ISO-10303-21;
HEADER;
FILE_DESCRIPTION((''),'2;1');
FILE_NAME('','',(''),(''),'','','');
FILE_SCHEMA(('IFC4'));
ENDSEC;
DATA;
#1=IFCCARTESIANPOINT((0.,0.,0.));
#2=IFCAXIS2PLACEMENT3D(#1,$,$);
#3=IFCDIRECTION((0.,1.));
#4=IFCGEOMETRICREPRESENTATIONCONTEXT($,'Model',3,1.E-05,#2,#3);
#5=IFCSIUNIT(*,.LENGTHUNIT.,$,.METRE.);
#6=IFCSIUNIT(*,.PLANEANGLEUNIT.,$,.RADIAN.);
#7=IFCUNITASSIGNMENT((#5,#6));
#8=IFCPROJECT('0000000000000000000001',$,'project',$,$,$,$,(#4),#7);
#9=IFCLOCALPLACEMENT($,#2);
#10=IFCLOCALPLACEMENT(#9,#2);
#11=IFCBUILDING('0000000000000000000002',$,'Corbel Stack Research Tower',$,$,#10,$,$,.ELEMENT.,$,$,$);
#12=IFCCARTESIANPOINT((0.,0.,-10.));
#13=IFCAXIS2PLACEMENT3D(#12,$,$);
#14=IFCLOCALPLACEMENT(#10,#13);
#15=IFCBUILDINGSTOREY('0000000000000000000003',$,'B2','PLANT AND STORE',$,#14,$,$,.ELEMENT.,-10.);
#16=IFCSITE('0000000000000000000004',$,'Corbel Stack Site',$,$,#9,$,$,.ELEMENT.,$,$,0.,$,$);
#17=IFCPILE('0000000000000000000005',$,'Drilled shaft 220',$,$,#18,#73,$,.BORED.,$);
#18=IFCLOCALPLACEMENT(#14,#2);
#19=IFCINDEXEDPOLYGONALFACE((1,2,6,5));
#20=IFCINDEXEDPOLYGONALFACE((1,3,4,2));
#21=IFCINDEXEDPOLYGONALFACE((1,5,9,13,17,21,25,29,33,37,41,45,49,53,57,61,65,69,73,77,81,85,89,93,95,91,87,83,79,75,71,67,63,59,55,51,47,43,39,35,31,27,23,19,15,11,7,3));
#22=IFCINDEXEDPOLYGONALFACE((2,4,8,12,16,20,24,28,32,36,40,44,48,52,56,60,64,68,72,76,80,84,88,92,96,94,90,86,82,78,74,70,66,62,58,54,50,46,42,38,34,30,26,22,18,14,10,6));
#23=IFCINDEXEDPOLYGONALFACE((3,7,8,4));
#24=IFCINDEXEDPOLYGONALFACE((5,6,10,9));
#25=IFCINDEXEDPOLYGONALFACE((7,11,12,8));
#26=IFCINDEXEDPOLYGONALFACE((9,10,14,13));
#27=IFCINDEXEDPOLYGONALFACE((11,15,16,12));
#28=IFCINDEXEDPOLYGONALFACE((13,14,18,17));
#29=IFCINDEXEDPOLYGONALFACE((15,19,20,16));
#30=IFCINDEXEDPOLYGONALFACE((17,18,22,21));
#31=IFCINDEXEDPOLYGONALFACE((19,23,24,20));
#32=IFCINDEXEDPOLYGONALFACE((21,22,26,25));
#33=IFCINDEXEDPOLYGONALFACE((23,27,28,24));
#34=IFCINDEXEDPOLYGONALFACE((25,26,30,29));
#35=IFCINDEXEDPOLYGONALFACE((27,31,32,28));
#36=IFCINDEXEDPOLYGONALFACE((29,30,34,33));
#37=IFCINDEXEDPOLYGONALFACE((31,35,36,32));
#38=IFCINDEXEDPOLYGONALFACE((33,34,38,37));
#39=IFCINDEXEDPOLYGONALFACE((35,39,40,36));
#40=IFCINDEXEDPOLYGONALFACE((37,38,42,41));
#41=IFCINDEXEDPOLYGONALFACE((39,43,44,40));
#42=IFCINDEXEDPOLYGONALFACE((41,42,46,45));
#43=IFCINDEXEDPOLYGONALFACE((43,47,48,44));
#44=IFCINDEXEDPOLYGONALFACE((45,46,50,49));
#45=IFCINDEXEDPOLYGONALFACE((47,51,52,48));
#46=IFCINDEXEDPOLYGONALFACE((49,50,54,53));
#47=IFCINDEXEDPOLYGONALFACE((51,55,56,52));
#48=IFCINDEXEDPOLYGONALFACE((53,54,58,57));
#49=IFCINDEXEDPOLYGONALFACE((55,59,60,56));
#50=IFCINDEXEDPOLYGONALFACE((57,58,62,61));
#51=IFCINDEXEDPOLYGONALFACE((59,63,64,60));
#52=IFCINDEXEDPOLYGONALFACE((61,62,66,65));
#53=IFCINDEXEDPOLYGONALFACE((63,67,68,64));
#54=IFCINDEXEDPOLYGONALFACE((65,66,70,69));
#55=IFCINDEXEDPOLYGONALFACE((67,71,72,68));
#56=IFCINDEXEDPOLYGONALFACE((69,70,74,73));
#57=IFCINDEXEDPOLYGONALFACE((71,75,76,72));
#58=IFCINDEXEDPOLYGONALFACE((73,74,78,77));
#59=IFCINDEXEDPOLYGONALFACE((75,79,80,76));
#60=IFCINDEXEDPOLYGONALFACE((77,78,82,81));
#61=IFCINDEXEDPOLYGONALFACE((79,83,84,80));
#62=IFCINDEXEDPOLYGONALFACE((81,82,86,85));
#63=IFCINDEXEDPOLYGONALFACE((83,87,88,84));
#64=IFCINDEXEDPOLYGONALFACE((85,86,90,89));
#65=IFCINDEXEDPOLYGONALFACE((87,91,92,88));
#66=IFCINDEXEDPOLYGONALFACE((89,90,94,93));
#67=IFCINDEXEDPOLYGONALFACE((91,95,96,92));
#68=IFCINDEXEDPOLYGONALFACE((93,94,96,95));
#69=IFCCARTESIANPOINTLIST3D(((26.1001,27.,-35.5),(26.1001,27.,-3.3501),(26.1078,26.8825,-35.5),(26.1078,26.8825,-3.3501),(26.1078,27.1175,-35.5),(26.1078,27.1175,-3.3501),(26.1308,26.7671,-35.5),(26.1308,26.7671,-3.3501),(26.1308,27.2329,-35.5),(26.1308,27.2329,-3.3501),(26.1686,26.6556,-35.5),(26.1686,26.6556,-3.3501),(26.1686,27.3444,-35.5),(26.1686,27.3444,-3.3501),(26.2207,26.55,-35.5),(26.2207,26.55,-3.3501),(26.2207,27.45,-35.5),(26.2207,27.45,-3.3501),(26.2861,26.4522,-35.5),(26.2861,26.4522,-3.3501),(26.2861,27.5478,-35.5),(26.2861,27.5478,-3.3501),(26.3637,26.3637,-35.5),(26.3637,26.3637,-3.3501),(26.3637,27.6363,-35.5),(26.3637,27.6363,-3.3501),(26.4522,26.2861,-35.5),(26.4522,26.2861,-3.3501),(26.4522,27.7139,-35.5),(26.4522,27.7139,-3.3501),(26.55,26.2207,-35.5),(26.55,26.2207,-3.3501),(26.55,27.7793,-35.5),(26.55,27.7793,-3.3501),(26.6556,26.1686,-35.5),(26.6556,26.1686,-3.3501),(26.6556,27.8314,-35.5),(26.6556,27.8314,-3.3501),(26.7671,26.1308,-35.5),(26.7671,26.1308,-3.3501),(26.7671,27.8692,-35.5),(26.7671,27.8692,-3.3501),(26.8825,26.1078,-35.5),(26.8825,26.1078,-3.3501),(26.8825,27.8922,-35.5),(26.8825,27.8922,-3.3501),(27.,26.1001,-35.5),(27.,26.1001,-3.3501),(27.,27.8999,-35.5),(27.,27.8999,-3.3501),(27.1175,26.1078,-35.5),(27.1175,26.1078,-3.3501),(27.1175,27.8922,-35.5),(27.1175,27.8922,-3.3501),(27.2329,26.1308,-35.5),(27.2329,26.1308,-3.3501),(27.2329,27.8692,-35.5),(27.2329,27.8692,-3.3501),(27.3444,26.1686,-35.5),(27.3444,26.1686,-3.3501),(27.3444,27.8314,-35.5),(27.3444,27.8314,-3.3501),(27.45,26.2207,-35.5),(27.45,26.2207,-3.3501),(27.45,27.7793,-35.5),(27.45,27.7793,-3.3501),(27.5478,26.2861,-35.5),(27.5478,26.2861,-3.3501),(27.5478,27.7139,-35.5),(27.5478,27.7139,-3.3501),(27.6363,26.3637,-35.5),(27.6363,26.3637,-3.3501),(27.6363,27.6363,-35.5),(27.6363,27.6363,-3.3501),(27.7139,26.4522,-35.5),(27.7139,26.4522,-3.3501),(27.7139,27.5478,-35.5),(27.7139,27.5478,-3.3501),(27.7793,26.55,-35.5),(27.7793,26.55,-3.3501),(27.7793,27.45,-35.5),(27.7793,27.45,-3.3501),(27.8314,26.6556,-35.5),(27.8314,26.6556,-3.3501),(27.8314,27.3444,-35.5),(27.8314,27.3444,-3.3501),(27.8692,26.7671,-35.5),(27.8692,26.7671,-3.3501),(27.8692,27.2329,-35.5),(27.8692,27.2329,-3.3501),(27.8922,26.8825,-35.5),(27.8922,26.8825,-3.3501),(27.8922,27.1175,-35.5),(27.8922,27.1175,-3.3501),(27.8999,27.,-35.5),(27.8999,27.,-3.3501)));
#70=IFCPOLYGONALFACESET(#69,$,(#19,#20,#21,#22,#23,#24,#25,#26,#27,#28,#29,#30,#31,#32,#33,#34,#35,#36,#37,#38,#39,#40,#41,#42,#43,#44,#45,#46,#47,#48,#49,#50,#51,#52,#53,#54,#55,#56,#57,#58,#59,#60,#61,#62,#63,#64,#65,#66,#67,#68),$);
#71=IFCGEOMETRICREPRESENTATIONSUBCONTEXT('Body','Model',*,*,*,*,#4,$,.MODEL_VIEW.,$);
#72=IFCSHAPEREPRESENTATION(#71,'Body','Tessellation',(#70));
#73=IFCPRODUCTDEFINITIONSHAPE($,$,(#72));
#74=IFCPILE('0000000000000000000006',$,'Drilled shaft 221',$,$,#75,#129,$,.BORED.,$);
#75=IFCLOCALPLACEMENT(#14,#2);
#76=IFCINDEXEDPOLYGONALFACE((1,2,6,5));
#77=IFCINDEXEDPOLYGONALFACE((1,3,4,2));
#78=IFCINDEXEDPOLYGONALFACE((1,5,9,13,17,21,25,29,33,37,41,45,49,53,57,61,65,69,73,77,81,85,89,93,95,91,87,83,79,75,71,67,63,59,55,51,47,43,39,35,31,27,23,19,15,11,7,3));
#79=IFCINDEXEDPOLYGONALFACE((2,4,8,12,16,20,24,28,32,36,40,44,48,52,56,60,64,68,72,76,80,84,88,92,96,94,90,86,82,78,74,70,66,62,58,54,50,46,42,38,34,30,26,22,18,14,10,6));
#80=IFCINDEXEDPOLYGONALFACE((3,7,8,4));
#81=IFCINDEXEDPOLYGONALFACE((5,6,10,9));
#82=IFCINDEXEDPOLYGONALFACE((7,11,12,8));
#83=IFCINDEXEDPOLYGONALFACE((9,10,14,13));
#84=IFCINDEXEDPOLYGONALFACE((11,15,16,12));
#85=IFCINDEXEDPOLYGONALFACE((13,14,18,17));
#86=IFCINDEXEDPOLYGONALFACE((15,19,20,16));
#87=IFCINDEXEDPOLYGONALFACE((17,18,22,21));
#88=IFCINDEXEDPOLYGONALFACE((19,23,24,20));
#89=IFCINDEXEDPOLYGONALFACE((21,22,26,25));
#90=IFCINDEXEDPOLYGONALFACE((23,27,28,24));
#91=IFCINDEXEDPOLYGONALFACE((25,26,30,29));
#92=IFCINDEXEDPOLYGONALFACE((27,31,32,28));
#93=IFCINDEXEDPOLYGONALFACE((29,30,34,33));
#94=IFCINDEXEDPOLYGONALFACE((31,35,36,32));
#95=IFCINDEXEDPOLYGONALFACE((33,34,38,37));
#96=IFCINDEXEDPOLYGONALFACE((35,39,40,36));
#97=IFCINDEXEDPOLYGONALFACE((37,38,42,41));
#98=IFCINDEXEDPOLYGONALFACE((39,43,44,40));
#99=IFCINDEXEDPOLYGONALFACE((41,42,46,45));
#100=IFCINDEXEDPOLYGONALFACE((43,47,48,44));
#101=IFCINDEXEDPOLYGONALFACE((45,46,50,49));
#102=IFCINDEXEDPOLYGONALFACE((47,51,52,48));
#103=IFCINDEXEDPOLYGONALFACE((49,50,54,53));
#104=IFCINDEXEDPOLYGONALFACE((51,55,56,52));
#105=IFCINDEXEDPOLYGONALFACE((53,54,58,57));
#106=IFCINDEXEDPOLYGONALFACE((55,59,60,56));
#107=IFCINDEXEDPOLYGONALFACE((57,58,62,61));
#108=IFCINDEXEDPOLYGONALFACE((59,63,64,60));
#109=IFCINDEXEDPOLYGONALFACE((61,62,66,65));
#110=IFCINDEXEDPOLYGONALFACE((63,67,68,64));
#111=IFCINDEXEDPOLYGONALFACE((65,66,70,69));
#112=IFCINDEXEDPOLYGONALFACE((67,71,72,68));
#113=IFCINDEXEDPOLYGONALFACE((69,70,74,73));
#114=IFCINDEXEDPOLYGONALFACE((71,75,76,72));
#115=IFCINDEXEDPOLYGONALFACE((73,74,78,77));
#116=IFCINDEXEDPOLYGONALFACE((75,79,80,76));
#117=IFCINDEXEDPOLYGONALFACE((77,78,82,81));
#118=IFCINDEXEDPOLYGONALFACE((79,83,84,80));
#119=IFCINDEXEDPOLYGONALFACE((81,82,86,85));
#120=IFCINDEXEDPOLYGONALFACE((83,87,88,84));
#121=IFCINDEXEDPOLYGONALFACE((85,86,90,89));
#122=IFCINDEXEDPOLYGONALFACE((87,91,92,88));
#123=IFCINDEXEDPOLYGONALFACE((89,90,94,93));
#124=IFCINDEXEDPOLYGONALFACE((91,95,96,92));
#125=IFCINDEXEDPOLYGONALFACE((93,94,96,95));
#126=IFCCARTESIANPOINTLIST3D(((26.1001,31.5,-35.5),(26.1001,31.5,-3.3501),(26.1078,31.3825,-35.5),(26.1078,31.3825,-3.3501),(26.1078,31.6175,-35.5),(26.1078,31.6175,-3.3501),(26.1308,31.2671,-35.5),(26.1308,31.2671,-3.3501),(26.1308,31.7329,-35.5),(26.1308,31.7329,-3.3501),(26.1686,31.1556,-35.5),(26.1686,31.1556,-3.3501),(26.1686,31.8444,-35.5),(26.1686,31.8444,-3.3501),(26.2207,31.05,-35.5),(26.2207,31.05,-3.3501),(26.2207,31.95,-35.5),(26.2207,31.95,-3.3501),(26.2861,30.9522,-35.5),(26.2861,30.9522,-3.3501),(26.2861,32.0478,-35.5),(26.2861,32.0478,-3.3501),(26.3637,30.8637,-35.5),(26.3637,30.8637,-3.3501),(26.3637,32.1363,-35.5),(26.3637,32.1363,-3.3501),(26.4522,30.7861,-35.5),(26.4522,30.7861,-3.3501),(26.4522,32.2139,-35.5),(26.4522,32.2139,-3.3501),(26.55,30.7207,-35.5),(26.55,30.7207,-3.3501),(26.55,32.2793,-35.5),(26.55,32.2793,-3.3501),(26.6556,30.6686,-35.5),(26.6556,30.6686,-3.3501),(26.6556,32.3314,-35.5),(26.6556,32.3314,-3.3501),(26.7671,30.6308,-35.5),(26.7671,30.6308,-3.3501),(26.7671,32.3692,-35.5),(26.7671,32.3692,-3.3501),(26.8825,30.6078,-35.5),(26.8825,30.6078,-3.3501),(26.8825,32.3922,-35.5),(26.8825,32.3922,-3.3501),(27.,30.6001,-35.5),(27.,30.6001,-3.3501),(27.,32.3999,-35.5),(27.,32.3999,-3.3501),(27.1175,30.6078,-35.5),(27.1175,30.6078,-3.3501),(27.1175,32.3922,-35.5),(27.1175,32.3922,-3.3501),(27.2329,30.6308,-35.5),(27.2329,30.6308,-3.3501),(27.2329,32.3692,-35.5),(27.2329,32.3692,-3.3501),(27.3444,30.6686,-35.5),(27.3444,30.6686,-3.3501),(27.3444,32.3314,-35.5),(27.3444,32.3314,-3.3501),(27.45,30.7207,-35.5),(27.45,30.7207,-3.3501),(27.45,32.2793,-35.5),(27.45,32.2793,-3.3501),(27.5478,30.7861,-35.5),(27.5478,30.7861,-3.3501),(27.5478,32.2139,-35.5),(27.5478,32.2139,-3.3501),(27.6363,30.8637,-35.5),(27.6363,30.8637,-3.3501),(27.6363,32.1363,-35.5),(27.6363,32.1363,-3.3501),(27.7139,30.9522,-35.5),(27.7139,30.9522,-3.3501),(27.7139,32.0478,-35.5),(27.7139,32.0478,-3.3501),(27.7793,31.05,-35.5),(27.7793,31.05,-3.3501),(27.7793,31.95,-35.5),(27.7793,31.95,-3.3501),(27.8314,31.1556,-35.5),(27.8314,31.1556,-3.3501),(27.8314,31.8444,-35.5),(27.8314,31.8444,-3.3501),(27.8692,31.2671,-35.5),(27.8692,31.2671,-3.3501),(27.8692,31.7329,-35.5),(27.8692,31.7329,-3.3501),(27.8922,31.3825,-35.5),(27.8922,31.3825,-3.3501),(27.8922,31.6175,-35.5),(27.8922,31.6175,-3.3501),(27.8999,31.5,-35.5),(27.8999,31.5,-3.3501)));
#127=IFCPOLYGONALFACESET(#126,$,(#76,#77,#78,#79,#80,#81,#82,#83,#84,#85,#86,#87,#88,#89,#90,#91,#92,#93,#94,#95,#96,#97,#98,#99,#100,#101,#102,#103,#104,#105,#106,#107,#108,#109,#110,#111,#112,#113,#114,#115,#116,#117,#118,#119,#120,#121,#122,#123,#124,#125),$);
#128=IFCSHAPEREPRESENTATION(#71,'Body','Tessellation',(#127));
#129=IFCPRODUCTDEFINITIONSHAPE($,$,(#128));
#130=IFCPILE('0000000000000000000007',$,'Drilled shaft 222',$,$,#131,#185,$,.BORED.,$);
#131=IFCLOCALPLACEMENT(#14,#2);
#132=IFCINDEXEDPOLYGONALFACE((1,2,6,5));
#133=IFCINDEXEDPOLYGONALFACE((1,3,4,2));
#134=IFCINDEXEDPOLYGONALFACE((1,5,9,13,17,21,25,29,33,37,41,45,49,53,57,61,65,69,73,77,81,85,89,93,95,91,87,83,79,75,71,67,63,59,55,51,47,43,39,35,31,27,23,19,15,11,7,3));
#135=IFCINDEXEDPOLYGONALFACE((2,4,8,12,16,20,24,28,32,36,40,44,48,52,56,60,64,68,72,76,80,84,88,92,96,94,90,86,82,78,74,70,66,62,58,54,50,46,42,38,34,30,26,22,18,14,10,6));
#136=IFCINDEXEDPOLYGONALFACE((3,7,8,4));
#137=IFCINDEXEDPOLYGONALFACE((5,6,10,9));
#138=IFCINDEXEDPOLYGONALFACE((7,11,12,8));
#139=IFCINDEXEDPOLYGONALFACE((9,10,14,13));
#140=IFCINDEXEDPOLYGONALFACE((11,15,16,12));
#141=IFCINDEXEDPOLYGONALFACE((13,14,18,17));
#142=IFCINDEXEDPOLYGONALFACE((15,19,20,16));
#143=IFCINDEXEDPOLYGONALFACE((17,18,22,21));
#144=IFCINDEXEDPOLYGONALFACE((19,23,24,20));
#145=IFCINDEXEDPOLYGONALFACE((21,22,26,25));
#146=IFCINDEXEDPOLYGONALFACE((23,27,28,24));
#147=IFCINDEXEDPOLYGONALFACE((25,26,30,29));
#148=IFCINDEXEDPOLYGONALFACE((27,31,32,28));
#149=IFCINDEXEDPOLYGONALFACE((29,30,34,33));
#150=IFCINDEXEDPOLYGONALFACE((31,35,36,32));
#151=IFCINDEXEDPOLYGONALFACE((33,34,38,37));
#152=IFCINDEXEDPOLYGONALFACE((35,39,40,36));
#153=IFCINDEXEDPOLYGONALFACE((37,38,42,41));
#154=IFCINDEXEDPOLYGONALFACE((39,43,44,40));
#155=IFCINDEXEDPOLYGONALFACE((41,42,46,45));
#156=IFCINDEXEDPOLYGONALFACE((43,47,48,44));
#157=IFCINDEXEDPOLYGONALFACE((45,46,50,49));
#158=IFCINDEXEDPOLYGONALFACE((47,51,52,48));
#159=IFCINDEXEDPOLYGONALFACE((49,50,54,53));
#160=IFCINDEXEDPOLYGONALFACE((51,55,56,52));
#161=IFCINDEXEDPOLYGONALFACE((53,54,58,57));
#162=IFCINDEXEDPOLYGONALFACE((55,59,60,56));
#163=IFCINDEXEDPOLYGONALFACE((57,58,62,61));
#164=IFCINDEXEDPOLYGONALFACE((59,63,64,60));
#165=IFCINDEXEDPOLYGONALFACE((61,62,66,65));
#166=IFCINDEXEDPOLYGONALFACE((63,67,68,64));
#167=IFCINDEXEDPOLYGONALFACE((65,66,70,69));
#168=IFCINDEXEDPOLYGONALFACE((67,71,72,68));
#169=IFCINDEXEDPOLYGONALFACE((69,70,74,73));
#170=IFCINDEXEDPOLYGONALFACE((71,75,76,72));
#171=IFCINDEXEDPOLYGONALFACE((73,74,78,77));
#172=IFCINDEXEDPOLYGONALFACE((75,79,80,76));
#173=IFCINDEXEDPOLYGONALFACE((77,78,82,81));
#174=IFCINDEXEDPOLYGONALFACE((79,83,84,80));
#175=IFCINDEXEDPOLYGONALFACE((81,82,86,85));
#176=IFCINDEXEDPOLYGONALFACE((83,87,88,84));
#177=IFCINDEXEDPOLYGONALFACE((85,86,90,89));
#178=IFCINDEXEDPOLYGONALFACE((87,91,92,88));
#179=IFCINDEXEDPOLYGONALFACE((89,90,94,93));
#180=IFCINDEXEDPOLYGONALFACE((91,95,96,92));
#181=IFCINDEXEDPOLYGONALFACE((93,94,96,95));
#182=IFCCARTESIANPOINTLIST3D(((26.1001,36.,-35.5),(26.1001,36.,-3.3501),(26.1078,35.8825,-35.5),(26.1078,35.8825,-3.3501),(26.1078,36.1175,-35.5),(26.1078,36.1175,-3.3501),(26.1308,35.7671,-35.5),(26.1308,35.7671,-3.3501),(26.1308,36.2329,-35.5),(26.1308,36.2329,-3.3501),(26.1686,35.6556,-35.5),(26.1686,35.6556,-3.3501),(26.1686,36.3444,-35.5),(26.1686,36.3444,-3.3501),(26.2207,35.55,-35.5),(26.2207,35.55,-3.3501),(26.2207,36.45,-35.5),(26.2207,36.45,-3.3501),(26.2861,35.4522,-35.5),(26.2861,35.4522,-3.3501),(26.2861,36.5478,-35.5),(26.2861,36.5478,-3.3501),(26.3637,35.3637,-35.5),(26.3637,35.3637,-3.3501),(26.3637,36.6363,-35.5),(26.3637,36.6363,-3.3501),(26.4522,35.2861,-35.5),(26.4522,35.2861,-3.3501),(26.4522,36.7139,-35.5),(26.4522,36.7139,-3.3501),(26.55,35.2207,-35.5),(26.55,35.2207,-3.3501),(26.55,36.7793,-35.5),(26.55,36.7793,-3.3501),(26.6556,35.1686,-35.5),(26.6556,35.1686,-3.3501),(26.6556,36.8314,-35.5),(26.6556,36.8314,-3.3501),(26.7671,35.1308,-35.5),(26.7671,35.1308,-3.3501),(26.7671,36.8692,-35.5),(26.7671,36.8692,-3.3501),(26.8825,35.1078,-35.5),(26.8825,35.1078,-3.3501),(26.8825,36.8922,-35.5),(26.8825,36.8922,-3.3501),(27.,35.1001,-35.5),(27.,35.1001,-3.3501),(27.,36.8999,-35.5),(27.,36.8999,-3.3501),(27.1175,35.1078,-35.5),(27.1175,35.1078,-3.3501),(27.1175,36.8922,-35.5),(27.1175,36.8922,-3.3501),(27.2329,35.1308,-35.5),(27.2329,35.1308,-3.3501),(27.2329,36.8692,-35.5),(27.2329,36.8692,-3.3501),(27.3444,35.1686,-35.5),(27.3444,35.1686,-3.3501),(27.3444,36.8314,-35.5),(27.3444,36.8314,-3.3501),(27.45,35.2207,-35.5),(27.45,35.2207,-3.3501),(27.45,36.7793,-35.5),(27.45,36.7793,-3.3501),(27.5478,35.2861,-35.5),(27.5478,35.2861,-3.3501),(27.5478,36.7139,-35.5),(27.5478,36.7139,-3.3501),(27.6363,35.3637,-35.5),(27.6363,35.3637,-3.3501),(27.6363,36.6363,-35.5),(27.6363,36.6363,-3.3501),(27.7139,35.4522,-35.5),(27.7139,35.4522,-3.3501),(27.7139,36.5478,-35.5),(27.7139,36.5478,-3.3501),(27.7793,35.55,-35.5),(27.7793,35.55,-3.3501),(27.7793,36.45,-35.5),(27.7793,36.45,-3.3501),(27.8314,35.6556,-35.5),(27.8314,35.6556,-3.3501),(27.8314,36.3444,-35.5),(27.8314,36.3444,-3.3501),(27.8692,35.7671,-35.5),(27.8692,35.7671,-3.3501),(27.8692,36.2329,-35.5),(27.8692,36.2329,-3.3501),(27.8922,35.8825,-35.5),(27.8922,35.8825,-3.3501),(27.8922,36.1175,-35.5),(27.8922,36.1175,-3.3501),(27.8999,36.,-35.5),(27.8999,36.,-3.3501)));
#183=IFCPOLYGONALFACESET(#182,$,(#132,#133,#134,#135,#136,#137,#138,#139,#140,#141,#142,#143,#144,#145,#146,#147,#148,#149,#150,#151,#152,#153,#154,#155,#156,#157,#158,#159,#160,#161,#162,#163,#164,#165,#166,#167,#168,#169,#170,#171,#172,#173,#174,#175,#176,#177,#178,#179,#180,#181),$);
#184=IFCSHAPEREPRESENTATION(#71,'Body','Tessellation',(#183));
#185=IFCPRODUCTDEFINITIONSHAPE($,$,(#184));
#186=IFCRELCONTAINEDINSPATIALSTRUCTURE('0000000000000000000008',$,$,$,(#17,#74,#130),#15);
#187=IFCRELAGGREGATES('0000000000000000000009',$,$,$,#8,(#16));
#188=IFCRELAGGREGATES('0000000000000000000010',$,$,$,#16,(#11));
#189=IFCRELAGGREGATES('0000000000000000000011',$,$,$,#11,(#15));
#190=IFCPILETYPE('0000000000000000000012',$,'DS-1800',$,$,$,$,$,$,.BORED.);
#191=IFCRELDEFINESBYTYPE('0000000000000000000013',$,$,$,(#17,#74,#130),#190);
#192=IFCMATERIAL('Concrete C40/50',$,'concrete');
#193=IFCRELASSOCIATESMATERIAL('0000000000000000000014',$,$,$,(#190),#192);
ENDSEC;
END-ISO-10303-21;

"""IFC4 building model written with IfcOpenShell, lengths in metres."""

from ifc_helpers import new_model, si_unit, direction, frame, origin, origin_2d, place, context, subcontext, project, spatial, circle, extrude, material, material_profile, profile_set, type_object, element, save


model = new_model("IFC4")

# Units and contexts
model_context = context("Model", 3, precision=1e-05, world=origin(), true_north=direction((0.0, 1.0)))
body_context = subcontext(model_context, "Body", "Model", "MODEL_VIEW")
ifc_project = project(units=[si_unit("LENGTHUNIT", "METRE"), si_unit("PLANEANGLEUNIT", "RADIAN")], contexts=[model_context])

# Site, building, storey
site_placement = place(None, origin())
site = spatial("IfcSite", under=ifc_project, at=site_placement, Name="Corbel Stack Site", CompositionType="ELEMENT", RefElevation=0.0)
building_placement = place(site_placement, origin())
building = spatial("IfcBuilding", under=site, at=building_placement, Name="Corbel Stack Research Tower", CompositionType="ELEMENT")
storey_placement = place(building_placement, frame((0.0, 0.0, -10.0)))
storey = spatial("IfcBuildingStorey", under=building, at=storey_placement, Name="B2", Description="PLANT AND STORE", CompositionType="ELEMENT", Elevation=-10.0)

# Piles
ifc_material_1 = material(Name="Concrete C40/50", Category="concrete")
ifc_material_profile_1 = material_profile(ifc_material_1, circle(Radius=0.8999, at=origin_2d()), Name="Shaft 1800")
ifc_profile_set_1 = profile_set([ifc_material_profile_1], Name="Concrete C40/50")
pile_type = type_object("IfcPileType", Name="DS-1800", PredefinedType="BORED", material=ifc_profile_set_1)
for number, where, z_axis, x_axis, name in (
    (1, (27.0, 27.0, -3.3501), (0.0, 0.0, -1.0), (1.0, 0.0, 0.0), "Drilled shaft 220"),
    (2, (27.0, 31.5, -3.3501), (0.0, 0.0, -1.0), (1.0, 0.0, 0.0), "Drilled shaft 221"),
    (3, (27.0, 36.0, -3.3501), (0.0, 0.0, -1.0), (1.0, 0.0, 0.0), "Drilled shaft 222"),
):
    element("IfcPile", number, at=place(storey_placement, frame(where, z_axis=z_axis, x_axis=x_axis)), inside=storey, type_object=pile_type, Name=name, PredefinedType="BORED", context=body_context, shape_type="SweptSolid", body=[
        extrude(circle(Radius=0.8999, at=origin_2d()), origin(), (0.0, 0.0, 1.0), 32.1499),
    ])

save(model, "model.ifc")
